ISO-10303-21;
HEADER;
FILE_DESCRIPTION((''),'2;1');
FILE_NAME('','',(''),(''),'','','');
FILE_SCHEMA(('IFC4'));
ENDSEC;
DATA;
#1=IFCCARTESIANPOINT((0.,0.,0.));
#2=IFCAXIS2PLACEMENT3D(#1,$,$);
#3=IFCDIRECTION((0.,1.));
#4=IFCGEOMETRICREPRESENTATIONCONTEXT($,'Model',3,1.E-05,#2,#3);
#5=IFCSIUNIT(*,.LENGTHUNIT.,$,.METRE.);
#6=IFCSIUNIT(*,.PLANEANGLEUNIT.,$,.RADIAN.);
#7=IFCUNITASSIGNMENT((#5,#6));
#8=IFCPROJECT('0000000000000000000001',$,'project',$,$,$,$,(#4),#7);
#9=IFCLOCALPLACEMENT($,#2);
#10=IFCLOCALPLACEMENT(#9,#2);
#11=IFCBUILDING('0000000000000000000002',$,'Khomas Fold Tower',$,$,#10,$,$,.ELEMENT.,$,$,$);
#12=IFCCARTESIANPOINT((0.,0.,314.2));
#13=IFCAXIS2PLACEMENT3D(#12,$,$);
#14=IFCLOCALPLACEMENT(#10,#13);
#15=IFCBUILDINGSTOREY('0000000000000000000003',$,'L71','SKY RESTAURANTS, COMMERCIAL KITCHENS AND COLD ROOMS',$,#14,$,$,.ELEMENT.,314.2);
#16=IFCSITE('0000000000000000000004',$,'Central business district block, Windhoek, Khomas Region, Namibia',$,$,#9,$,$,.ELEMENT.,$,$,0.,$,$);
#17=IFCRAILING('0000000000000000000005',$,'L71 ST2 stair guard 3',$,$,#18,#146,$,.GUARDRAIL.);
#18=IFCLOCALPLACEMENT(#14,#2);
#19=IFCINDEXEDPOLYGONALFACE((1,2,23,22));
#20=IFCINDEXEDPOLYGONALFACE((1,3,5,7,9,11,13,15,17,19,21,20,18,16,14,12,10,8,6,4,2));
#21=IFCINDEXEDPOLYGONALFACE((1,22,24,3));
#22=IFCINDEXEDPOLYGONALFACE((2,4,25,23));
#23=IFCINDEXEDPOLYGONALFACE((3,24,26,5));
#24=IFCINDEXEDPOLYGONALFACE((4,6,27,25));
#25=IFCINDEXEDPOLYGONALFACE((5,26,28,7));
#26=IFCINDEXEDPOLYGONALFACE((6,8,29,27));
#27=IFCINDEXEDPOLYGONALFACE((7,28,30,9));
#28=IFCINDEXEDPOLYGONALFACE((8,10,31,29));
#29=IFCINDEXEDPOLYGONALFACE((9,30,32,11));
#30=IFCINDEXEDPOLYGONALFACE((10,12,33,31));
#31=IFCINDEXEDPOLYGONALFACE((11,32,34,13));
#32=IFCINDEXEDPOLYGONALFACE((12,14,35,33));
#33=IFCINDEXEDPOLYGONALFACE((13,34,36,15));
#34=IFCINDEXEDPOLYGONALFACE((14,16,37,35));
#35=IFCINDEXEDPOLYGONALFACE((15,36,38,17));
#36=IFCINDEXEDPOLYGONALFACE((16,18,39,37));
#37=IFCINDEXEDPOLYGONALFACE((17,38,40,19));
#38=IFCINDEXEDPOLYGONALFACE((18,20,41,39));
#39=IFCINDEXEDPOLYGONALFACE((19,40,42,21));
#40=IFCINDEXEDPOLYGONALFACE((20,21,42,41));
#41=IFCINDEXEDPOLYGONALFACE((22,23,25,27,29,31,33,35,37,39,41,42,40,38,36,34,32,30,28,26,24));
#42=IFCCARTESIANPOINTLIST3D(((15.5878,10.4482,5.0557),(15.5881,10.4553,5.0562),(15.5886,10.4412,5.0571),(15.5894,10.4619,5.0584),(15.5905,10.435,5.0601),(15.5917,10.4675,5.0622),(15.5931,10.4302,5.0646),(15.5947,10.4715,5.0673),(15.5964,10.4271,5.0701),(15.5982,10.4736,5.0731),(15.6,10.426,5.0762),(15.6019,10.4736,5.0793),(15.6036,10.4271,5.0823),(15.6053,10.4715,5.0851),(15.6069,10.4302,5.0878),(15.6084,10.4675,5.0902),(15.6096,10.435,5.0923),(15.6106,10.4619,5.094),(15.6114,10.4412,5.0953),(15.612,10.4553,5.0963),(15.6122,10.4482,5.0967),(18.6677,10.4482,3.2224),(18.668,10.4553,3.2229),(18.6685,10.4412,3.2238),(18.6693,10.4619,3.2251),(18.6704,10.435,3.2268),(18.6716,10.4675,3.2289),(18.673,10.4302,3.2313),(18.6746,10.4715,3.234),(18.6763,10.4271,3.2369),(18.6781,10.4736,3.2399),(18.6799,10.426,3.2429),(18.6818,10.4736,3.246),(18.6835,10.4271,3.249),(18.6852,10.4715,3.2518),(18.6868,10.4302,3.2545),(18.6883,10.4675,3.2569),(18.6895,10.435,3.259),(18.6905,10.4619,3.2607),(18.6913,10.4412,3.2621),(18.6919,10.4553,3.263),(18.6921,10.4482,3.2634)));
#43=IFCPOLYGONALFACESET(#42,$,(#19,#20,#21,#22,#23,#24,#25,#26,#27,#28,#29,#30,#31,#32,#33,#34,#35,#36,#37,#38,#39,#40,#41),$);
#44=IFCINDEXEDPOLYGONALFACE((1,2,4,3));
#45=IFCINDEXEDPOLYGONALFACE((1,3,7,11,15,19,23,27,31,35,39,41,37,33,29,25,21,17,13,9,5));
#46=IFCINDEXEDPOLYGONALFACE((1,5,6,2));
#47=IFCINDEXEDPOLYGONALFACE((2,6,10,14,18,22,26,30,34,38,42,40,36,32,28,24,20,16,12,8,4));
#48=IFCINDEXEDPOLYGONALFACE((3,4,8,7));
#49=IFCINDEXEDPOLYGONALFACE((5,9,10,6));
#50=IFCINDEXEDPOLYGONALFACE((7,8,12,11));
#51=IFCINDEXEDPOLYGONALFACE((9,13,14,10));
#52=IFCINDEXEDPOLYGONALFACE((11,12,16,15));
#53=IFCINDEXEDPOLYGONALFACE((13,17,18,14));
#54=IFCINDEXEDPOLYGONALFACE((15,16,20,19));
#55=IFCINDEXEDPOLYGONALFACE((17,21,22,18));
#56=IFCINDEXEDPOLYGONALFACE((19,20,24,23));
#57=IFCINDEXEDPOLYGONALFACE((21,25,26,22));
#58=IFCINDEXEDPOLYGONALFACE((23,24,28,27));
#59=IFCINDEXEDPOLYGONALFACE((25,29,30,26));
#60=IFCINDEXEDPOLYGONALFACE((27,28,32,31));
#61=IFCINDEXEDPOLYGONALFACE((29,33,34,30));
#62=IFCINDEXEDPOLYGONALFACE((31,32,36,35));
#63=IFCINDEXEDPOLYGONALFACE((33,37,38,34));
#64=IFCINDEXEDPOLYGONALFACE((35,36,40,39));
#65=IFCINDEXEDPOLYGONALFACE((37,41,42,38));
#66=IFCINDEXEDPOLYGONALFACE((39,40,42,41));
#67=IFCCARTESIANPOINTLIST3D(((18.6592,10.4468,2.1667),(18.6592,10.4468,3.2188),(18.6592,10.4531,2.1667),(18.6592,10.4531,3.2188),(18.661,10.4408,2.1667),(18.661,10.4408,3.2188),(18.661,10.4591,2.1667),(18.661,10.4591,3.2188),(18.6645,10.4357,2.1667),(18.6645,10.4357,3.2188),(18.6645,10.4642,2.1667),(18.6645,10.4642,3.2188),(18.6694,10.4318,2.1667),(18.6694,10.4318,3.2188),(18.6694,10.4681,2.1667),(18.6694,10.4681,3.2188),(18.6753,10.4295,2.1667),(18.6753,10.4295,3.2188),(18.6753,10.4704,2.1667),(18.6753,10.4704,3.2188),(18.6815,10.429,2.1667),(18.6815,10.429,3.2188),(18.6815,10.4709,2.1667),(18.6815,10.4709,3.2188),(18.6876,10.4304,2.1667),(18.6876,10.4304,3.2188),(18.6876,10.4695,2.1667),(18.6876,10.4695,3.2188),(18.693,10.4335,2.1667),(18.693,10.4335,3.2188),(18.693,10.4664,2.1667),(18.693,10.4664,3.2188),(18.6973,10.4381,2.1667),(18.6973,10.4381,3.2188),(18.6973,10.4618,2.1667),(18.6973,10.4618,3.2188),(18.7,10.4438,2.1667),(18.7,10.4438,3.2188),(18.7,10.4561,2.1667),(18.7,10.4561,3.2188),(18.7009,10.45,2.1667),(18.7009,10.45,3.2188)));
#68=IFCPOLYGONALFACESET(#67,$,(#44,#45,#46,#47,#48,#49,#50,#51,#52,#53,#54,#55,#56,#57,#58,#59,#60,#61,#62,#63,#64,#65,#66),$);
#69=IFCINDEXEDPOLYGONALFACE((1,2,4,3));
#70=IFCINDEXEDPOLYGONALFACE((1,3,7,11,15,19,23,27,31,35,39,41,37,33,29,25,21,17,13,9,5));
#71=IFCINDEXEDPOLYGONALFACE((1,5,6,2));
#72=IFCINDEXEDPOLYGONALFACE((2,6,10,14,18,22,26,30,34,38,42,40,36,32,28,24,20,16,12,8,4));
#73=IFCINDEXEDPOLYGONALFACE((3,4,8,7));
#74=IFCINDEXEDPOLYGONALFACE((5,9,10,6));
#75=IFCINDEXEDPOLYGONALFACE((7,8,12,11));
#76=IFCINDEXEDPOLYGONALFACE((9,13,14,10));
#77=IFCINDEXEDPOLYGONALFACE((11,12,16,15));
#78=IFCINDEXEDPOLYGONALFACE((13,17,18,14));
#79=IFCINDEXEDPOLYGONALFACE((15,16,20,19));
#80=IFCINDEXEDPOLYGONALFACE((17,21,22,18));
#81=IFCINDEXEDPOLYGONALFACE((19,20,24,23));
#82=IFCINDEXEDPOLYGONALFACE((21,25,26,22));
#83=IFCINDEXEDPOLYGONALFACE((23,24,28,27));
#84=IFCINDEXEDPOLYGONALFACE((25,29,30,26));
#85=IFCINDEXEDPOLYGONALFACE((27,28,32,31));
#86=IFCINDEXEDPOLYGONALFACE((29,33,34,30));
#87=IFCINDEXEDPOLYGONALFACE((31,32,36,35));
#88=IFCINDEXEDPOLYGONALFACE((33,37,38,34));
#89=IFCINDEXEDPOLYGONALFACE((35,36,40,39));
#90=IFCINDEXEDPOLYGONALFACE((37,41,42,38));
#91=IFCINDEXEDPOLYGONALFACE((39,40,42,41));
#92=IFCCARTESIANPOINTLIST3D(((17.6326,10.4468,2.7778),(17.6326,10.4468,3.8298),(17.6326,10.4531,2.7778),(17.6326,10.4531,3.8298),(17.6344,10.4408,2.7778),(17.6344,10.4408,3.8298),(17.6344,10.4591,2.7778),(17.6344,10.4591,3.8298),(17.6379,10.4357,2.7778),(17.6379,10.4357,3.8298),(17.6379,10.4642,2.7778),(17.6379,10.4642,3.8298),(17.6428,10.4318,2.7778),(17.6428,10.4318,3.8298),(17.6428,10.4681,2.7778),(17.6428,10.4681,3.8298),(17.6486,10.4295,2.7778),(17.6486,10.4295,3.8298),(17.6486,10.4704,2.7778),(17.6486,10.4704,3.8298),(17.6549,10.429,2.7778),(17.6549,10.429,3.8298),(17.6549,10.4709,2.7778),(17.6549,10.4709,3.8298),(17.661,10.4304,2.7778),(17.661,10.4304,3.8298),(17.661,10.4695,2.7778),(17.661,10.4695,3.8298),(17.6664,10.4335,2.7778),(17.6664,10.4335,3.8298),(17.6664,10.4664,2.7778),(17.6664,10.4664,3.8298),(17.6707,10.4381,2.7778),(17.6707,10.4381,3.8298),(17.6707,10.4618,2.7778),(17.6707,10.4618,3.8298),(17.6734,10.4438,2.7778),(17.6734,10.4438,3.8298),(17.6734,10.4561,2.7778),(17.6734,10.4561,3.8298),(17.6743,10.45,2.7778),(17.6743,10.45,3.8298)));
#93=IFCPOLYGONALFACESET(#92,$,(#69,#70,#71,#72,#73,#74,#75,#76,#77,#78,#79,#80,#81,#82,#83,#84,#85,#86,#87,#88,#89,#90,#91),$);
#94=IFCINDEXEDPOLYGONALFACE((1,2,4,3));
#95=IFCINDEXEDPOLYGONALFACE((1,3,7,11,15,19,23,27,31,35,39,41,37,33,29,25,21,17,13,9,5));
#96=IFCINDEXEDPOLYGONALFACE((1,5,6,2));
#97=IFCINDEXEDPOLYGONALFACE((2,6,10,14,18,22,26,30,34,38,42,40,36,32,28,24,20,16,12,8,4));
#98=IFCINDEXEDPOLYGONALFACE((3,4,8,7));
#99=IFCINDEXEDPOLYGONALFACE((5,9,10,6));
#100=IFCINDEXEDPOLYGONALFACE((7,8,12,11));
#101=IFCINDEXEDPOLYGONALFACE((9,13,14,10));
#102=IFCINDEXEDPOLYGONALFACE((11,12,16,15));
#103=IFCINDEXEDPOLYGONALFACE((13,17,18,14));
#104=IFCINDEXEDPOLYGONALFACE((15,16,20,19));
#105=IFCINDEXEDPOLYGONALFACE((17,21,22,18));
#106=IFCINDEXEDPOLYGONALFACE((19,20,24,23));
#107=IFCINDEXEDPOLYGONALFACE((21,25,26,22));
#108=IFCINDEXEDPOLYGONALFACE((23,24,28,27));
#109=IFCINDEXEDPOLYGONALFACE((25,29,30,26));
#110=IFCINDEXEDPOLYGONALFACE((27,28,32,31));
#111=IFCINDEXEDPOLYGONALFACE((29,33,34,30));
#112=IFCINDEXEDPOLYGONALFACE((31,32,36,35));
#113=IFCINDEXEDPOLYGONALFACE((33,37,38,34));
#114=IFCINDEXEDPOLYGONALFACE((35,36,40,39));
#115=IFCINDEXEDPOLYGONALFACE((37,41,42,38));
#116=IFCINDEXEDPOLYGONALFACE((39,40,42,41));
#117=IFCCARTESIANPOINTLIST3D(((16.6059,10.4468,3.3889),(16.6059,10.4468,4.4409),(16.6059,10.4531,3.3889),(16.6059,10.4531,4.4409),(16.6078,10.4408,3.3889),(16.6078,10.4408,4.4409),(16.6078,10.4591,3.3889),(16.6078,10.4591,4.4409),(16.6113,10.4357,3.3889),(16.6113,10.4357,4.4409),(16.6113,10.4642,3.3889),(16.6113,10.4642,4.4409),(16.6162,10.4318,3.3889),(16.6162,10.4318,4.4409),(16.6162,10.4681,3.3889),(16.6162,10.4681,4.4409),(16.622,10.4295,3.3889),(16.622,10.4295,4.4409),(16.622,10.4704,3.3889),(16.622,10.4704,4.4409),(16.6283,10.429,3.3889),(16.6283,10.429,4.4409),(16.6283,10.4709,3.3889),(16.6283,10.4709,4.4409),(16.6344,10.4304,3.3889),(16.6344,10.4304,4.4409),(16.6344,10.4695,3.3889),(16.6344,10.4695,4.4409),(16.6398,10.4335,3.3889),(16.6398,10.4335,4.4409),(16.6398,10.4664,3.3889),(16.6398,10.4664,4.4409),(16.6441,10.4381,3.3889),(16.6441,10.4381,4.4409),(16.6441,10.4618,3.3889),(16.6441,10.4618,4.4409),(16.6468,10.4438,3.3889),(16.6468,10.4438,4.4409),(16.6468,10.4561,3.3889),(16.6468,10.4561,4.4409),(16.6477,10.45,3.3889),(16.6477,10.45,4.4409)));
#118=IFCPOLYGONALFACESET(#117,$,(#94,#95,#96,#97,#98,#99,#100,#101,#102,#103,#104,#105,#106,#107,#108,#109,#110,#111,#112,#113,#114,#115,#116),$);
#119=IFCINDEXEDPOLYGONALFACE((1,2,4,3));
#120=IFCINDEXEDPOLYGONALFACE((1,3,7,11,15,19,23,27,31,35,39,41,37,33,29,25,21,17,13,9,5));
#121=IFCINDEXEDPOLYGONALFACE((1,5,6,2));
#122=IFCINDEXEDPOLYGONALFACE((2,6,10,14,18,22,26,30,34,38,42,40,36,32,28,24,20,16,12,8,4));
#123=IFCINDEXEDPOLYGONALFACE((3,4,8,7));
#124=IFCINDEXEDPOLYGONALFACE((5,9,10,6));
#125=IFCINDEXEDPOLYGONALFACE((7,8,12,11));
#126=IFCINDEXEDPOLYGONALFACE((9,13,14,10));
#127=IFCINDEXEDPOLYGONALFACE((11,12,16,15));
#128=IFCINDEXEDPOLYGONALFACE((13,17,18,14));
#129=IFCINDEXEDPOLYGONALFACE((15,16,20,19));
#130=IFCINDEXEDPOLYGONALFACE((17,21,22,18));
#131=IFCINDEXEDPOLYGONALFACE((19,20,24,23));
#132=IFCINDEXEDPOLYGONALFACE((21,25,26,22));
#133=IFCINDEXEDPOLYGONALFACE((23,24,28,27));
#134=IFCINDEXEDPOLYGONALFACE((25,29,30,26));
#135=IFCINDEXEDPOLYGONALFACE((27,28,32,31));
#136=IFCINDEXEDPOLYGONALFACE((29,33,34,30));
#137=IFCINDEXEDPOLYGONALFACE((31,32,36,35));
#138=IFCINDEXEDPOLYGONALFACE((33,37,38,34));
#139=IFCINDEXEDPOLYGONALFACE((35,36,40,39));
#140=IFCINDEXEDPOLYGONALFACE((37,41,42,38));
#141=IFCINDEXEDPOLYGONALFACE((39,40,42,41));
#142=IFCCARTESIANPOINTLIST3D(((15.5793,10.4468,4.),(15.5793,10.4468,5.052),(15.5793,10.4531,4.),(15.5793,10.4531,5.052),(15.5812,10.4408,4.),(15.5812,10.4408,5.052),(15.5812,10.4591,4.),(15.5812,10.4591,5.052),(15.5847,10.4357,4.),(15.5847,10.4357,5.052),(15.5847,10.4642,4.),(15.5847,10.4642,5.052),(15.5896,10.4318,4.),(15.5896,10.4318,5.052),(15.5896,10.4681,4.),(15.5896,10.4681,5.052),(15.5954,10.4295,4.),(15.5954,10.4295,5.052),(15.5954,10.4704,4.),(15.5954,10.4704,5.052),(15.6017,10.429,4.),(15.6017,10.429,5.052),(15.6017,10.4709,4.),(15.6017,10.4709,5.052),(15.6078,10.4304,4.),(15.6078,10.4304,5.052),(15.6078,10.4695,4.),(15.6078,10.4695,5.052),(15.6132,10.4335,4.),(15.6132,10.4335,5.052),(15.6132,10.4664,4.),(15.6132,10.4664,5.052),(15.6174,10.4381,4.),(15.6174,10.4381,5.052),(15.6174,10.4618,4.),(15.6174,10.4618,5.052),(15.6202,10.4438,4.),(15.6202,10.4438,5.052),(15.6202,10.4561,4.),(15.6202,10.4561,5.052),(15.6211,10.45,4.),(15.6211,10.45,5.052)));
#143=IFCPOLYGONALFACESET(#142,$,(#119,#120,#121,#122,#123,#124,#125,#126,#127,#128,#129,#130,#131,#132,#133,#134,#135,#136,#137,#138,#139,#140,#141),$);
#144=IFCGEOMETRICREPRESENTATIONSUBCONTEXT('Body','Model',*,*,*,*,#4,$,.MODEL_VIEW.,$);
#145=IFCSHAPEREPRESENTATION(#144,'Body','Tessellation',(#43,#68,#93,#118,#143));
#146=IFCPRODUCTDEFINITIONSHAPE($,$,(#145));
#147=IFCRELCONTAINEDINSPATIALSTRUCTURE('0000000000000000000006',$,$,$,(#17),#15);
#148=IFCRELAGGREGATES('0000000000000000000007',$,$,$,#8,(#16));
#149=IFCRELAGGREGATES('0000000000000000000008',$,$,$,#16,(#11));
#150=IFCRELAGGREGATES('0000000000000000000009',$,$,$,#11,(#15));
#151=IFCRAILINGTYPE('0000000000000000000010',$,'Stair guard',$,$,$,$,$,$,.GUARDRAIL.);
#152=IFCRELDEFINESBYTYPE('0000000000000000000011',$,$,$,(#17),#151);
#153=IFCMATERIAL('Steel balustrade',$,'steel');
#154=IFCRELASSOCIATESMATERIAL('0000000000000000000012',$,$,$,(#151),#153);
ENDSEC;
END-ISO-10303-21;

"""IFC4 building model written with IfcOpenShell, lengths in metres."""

from ifc_helpers import new_model, si_unit, direction, frame, origin, origin_2d, place, context, subcontext, project, spatial, circle, extrude, source, transform, mapped, material, type_object, element, save


model = new_model("IFC4")

# Units and contexts
model_context = context("Model", 3, precision=1e-05, world=origin(), true_north=direction((0.0, 1.0)))
body_context = subcontext(model_context, "Body", "Model", "MODEL_VIEW")
ifc_project = project(units=[si_unit("LENGTHUNIT", "METRE"), si_unit("PLANEANGLEUNIT", "RADIAN")], contexts=[model_context])

# Site, building, storey
site_placement = place(None, origin())
site = spatial("IfcSite", under=ifc_project, at=site_placement, Name="Central business district block, Windhoek, Khomas Region, Namibia", CompositionType="ELEMENT", RefElevation=0.0)
building_placement = place(site_placement, origin())
building = spatial("IfcBuilding", under=site, at=building_placement, Name="Khomas Fold Tower", CompositionType="ELEMENT")
storey_placement = place(building_placement, frame((0.0, 0.0, 314.2)))
storey = spatial("IfcBuildingStorey", under=building, at=storey_placement, Name="L71", Description="SKY RESTAURANTS, COMMERCIAL KITCHENS AND COLD ROOMS", CompositionType="ELEMENT", Elevation=314.2)

# Railing
ifc_material_1 = material(Name="Steel balustrade", Category="steel")
railing_type_1 = type_object("IfcRailingType", Name="Stair guard", PredefinedType="GUARDRAIL", material=ifc_material_1)
shared_shape_1 = source(origin(), body_context, "Body", "SweptSolid", [
    extrude(circle(Radius=0.0239, at=origin_2d()), frame((0.0, 0.0, 1.0762), z_axis=(-0.859291, 0.0, 0.511487), x_axis=(0.0, -1.0, 0.0)), (0.0, 0.0, 1.0), 3.5842),
    extrude(circle(Radius=0.021, at=origin_2d()), origin(), (0.0, 0.0, 1.0), 1.052),
    extrude(circle(Radius=0.021, at=origin_2d()), frame((-1.0266, 0.0, 0.6111)), (0.0, 0.0, 1.0), 1.052),
    extrude(circle(Radius=0.021, at=origin_2d()), frame((-2.0532, 0.0, 1.2222)), (0.0, 0.0, 1.0), 1.052),
    extrude(circle(Radius=0.021, at=origin_2d()), frame((-3.0798, 0.0, 1.8333)), (0.0, 0.0, 1.0), 1.052),
])
railing_1_placement = place(storey_placement, frame((18.6799, 10.45, 2.1667)))
element("IfcRailing", 1, at=railing_1_placement, inside=storey, type_object=railing_type_1, Name="L71 ST2 stair guard 3", PredefinedType="GUARDRAIL", context=body_context, shape_type="MappedRepresentation", body=[
    mapped(shared_shape_1, transform((0.0, 0.0, 0.0))),
])

save(model, "model.ifc")
